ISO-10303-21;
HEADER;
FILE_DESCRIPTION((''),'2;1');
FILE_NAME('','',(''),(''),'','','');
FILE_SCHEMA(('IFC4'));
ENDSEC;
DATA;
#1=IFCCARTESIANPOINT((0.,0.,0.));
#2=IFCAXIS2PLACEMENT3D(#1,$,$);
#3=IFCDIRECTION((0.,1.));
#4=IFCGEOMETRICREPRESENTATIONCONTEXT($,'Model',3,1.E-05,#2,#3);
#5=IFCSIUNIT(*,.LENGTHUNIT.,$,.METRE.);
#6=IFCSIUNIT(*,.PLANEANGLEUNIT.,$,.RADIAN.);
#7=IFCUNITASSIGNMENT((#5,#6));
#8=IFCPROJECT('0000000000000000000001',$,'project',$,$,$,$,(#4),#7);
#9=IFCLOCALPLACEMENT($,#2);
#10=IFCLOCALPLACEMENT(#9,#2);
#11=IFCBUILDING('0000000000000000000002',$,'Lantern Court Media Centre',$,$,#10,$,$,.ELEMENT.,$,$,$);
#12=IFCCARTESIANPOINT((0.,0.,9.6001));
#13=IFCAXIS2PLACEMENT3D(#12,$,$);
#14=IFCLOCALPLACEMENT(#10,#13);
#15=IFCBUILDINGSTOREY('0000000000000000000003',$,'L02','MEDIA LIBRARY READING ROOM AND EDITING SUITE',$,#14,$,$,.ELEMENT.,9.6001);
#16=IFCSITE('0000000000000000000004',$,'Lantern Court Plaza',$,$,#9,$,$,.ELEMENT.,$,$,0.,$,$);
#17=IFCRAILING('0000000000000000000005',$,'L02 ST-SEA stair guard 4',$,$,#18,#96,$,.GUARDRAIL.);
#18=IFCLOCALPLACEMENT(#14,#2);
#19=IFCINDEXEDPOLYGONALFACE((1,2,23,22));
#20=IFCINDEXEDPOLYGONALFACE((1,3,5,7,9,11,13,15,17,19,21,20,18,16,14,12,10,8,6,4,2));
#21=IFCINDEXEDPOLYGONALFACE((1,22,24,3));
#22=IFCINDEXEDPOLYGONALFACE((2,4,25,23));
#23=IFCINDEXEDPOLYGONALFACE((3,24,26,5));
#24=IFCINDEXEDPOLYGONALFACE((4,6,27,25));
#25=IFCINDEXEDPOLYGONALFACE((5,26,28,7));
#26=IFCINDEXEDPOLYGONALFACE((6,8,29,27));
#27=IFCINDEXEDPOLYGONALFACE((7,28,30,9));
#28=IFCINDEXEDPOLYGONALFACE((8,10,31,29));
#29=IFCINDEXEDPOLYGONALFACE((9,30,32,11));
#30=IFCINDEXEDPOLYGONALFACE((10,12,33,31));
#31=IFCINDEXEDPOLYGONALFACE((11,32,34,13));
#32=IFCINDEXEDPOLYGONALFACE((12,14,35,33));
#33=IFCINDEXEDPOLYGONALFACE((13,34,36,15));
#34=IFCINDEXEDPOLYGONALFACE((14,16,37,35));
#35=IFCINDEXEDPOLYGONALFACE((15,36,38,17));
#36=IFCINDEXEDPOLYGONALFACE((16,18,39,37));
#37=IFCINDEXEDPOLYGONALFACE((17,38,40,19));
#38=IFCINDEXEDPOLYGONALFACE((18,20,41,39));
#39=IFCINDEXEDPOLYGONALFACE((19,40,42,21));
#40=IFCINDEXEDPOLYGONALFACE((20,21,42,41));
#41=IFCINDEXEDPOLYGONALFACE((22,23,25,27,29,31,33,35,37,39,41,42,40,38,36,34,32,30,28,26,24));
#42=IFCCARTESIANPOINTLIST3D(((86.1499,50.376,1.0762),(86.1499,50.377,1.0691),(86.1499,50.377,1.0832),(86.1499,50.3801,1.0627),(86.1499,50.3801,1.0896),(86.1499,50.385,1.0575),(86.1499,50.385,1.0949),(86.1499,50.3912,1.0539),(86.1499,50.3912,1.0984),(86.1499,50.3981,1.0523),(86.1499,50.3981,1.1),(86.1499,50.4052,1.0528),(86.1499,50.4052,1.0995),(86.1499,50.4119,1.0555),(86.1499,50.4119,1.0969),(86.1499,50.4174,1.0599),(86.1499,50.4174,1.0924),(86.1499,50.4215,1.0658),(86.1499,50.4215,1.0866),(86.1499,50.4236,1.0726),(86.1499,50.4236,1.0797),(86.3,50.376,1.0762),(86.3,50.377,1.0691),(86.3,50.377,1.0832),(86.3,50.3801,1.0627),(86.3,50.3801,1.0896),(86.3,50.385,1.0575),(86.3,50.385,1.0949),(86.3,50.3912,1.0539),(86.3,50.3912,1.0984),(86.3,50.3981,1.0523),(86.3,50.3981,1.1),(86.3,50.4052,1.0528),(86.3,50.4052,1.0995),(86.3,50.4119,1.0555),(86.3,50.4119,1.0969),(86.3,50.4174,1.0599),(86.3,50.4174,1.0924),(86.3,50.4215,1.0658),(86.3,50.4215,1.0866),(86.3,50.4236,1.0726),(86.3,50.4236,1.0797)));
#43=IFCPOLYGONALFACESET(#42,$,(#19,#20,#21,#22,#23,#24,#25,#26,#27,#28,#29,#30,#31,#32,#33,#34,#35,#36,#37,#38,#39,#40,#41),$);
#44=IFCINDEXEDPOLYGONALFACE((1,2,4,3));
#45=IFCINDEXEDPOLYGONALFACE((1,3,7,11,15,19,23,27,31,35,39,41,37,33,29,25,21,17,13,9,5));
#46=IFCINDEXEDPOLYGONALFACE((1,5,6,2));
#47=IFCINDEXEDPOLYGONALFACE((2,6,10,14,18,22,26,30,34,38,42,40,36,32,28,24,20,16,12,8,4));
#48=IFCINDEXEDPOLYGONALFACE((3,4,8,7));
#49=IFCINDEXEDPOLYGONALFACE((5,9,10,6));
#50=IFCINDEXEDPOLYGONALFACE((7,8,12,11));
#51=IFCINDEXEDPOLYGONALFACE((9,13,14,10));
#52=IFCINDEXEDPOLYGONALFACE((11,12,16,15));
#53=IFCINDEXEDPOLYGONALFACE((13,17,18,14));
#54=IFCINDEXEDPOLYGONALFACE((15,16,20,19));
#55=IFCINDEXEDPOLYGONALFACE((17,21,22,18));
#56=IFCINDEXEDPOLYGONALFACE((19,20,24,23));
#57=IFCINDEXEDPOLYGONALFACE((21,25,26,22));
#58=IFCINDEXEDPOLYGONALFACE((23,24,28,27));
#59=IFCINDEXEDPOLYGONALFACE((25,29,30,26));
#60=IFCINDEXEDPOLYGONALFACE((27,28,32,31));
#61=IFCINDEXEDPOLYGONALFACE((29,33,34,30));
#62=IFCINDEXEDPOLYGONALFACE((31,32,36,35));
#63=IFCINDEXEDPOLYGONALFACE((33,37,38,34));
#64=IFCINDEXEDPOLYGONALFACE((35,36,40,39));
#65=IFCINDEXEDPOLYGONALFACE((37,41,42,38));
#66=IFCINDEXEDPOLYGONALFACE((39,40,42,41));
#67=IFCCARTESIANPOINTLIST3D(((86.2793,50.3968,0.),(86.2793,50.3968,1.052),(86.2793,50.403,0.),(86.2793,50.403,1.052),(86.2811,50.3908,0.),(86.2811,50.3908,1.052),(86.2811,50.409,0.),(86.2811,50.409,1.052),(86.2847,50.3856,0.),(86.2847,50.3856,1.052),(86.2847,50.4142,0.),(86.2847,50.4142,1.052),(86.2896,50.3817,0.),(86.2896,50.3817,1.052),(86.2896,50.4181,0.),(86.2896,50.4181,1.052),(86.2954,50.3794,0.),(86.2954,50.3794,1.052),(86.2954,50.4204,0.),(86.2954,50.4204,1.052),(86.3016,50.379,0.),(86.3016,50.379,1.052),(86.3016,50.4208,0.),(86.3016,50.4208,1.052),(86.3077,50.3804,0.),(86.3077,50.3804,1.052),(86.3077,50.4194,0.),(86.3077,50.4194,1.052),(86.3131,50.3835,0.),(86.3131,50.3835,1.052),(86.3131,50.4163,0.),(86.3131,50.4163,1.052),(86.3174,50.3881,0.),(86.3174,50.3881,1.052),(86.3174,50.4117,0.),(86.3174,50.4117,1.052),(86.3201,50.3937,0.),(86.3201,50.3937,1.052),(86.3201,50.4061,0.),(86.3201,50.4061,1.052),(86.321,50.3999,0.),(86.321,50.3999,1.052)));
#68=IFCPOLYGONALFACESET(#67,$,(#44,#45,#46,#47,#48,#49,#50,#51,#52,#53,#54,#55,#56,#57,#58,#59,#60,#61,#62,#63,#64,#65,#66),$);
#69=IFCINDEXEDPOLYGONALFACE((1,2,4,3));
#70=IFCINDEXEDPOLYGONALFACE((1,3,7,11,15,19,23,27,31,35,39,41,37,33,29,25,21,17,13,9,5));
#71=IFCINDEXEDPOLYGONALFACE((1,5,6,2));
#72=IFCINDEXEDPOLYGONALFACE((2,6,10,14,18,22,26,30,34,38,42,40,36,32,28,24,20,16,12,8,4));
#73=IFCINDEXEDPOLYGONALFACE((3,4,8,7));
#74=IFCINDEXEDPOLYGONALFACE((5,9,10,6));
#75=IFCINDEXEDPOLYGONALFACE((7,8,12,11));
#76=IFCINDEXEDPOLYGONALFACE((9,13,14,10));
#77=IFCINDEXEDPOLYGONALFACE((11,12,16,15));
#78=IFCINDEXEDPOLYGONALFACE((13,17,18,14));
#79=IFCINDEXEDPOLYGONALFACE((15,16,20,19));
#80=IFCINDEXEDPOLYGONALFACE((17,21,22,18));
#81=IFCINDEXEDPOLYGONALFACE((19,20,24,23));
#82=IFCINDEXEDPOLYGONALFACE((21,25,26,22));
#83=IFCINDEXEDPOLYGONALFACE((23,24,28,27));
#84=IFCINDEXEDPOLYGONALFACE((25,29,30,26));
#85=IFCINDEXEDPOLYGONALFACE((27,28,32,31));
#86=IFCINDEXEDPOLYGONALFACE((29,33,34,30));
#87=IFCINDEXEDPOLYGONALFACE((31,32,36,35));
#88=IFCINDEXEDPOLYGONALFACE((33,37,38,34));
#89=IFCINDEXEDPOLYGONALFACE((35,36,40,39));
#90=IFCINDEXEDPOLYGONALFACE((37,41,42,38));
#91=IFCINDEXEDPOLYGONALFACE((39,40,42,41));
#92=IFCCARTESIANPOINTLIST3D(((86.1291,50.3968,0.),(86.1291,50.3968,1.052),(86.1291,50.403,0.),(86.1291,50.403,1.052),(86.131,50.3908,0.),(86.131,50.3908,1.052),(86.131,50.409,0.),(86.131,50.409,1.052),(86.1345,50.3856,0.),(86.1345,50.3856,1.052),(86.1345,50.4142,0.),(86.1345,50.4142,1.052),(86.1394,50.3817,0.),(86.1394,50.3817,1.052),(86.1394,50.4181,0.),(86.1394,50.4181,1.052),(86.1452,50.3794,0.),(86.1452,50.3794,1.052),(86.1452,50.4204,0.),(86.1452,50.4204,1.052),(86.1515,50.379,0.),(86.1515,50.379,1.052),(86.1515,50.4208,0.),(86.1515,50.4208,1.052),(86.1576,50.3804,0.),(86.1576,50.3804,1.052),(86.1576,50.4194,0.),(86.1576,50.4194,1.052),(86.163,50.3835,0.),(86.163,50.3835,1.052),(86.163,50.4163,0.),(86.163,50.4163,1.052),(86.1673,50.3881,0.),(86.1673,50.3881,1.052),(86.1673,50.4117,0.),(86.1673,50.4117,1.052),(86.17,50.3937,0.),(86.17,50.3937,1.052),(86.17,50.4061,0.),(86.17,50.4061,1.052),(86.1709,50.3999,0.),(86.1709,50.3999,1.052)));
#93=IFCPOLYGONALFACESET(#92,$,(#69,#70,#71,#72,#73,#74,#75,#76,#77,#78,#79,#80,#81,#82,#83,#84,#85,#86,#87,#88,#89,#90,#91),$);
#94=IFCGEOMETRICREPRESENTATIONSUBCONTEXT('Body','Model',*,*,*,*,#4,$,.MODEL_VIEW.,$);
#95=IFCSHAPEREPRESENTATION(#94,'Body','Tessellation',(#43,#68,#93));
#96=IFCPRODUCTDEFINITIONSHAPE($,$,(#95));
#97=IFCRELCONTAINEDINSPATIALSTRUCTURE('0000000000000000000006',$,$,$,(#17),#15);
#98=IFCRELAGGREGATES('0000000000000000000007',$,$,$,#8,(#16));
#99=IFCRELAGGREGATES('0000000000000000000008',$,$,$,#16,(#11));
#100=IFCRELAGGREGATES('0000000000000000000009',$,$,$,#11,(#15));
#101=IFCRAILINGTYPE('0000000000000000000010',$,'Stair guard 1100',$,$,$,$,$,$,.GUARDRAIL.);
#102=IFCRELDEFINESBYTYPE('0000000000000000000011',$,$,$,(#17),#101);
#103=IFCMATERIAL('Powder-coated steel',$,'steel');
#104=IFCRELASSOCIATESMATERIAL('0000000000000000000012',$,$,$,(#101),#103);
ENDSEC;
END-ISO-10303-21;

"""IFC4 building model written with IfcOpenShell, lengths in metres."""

from ifc_helpers import new_model, si_unit, direction, frame, origin, origin_2d, place, context, subcontext, project, spatial, circle, extrude, material, type_object, element, save


model = new_model("IFC4")

# Units and contexts
model_context = context("Model", 3, precision=1e-05, world=origin(), true_north=direction((0.0, 1.0)))
body_context = subcontext(model_context, "Body", "Model", "MODEL_VIEW")
ifc_project = project(units=[si_unit("LENGTHUNIT", "METRE"), si_unit("PLANEANGLEUNIT", "RADIAN")], contexts=[model_context])

# Site, building, storey
site_placement = place(None, origin())
site = spatial("IfcSite", under=ifc_project, at=site_placement, Name="Lantern Court Plaza", CompositionType="ELEMENT", RefElevation=0.0)
building_placement = place(site_placement, origin())
building = spatial("IfcBuilding", under=site, at=building_placement, Name="Lantern Court Media Centre", CompositionType="ELEMENT")
storey_placement = place(building_placement, frame((0.0, 0.0, 9.6001)))
storey = spatial("IfcBuildingStorey", under=building, at=storey_placement, Name="L02", Description="MEDIA LIBRARY READING ROOM AND EDITING SUITE", CompositionType="ELEMENT", Elevation=9.6001)

# Railing
ifc_material_1 = material(Name="Powder-coated steel", Category="steel")
railing_type_1 = type_object("IfcRailingType", Name="Stair guard 1100", PredefinedType="GUARDRAIL", material=ifc_material_1)
railing_1_placement = place(storey_placement, frame((86.3, 50.3999, 0.0)))
element("IfcRailing", 1, at=railing_1_placement, inside=storey, type_object=railing_type_1, Name="L02 ST-SEA stair guard 4", PredefinedType="GUARDRAIL", context=body_context, shape_type="SweptSolid", body=[
    extrude(circle(Radius=0.0239, at=origin_2d()), frame((0.0, 0.0, 1.0762), z_axis=(-1.0, 0.0, 0.0), x_axis=(0.0, -1.0, 0.0)), (0.0, 0.0, 1.0), 0.1501),
    extrude(circle(Radius=0.021, at=origin_2d()), origin(), (0.0, 0.0, 1.0), 1.052),
    extrude(circle(Radius=0.021, at=origin_2d()), frame((-0.1501, 0.0, 0.0)), (0.0, 0.0, 1.0), 1.052),
])

save(model, "model.ifc")
